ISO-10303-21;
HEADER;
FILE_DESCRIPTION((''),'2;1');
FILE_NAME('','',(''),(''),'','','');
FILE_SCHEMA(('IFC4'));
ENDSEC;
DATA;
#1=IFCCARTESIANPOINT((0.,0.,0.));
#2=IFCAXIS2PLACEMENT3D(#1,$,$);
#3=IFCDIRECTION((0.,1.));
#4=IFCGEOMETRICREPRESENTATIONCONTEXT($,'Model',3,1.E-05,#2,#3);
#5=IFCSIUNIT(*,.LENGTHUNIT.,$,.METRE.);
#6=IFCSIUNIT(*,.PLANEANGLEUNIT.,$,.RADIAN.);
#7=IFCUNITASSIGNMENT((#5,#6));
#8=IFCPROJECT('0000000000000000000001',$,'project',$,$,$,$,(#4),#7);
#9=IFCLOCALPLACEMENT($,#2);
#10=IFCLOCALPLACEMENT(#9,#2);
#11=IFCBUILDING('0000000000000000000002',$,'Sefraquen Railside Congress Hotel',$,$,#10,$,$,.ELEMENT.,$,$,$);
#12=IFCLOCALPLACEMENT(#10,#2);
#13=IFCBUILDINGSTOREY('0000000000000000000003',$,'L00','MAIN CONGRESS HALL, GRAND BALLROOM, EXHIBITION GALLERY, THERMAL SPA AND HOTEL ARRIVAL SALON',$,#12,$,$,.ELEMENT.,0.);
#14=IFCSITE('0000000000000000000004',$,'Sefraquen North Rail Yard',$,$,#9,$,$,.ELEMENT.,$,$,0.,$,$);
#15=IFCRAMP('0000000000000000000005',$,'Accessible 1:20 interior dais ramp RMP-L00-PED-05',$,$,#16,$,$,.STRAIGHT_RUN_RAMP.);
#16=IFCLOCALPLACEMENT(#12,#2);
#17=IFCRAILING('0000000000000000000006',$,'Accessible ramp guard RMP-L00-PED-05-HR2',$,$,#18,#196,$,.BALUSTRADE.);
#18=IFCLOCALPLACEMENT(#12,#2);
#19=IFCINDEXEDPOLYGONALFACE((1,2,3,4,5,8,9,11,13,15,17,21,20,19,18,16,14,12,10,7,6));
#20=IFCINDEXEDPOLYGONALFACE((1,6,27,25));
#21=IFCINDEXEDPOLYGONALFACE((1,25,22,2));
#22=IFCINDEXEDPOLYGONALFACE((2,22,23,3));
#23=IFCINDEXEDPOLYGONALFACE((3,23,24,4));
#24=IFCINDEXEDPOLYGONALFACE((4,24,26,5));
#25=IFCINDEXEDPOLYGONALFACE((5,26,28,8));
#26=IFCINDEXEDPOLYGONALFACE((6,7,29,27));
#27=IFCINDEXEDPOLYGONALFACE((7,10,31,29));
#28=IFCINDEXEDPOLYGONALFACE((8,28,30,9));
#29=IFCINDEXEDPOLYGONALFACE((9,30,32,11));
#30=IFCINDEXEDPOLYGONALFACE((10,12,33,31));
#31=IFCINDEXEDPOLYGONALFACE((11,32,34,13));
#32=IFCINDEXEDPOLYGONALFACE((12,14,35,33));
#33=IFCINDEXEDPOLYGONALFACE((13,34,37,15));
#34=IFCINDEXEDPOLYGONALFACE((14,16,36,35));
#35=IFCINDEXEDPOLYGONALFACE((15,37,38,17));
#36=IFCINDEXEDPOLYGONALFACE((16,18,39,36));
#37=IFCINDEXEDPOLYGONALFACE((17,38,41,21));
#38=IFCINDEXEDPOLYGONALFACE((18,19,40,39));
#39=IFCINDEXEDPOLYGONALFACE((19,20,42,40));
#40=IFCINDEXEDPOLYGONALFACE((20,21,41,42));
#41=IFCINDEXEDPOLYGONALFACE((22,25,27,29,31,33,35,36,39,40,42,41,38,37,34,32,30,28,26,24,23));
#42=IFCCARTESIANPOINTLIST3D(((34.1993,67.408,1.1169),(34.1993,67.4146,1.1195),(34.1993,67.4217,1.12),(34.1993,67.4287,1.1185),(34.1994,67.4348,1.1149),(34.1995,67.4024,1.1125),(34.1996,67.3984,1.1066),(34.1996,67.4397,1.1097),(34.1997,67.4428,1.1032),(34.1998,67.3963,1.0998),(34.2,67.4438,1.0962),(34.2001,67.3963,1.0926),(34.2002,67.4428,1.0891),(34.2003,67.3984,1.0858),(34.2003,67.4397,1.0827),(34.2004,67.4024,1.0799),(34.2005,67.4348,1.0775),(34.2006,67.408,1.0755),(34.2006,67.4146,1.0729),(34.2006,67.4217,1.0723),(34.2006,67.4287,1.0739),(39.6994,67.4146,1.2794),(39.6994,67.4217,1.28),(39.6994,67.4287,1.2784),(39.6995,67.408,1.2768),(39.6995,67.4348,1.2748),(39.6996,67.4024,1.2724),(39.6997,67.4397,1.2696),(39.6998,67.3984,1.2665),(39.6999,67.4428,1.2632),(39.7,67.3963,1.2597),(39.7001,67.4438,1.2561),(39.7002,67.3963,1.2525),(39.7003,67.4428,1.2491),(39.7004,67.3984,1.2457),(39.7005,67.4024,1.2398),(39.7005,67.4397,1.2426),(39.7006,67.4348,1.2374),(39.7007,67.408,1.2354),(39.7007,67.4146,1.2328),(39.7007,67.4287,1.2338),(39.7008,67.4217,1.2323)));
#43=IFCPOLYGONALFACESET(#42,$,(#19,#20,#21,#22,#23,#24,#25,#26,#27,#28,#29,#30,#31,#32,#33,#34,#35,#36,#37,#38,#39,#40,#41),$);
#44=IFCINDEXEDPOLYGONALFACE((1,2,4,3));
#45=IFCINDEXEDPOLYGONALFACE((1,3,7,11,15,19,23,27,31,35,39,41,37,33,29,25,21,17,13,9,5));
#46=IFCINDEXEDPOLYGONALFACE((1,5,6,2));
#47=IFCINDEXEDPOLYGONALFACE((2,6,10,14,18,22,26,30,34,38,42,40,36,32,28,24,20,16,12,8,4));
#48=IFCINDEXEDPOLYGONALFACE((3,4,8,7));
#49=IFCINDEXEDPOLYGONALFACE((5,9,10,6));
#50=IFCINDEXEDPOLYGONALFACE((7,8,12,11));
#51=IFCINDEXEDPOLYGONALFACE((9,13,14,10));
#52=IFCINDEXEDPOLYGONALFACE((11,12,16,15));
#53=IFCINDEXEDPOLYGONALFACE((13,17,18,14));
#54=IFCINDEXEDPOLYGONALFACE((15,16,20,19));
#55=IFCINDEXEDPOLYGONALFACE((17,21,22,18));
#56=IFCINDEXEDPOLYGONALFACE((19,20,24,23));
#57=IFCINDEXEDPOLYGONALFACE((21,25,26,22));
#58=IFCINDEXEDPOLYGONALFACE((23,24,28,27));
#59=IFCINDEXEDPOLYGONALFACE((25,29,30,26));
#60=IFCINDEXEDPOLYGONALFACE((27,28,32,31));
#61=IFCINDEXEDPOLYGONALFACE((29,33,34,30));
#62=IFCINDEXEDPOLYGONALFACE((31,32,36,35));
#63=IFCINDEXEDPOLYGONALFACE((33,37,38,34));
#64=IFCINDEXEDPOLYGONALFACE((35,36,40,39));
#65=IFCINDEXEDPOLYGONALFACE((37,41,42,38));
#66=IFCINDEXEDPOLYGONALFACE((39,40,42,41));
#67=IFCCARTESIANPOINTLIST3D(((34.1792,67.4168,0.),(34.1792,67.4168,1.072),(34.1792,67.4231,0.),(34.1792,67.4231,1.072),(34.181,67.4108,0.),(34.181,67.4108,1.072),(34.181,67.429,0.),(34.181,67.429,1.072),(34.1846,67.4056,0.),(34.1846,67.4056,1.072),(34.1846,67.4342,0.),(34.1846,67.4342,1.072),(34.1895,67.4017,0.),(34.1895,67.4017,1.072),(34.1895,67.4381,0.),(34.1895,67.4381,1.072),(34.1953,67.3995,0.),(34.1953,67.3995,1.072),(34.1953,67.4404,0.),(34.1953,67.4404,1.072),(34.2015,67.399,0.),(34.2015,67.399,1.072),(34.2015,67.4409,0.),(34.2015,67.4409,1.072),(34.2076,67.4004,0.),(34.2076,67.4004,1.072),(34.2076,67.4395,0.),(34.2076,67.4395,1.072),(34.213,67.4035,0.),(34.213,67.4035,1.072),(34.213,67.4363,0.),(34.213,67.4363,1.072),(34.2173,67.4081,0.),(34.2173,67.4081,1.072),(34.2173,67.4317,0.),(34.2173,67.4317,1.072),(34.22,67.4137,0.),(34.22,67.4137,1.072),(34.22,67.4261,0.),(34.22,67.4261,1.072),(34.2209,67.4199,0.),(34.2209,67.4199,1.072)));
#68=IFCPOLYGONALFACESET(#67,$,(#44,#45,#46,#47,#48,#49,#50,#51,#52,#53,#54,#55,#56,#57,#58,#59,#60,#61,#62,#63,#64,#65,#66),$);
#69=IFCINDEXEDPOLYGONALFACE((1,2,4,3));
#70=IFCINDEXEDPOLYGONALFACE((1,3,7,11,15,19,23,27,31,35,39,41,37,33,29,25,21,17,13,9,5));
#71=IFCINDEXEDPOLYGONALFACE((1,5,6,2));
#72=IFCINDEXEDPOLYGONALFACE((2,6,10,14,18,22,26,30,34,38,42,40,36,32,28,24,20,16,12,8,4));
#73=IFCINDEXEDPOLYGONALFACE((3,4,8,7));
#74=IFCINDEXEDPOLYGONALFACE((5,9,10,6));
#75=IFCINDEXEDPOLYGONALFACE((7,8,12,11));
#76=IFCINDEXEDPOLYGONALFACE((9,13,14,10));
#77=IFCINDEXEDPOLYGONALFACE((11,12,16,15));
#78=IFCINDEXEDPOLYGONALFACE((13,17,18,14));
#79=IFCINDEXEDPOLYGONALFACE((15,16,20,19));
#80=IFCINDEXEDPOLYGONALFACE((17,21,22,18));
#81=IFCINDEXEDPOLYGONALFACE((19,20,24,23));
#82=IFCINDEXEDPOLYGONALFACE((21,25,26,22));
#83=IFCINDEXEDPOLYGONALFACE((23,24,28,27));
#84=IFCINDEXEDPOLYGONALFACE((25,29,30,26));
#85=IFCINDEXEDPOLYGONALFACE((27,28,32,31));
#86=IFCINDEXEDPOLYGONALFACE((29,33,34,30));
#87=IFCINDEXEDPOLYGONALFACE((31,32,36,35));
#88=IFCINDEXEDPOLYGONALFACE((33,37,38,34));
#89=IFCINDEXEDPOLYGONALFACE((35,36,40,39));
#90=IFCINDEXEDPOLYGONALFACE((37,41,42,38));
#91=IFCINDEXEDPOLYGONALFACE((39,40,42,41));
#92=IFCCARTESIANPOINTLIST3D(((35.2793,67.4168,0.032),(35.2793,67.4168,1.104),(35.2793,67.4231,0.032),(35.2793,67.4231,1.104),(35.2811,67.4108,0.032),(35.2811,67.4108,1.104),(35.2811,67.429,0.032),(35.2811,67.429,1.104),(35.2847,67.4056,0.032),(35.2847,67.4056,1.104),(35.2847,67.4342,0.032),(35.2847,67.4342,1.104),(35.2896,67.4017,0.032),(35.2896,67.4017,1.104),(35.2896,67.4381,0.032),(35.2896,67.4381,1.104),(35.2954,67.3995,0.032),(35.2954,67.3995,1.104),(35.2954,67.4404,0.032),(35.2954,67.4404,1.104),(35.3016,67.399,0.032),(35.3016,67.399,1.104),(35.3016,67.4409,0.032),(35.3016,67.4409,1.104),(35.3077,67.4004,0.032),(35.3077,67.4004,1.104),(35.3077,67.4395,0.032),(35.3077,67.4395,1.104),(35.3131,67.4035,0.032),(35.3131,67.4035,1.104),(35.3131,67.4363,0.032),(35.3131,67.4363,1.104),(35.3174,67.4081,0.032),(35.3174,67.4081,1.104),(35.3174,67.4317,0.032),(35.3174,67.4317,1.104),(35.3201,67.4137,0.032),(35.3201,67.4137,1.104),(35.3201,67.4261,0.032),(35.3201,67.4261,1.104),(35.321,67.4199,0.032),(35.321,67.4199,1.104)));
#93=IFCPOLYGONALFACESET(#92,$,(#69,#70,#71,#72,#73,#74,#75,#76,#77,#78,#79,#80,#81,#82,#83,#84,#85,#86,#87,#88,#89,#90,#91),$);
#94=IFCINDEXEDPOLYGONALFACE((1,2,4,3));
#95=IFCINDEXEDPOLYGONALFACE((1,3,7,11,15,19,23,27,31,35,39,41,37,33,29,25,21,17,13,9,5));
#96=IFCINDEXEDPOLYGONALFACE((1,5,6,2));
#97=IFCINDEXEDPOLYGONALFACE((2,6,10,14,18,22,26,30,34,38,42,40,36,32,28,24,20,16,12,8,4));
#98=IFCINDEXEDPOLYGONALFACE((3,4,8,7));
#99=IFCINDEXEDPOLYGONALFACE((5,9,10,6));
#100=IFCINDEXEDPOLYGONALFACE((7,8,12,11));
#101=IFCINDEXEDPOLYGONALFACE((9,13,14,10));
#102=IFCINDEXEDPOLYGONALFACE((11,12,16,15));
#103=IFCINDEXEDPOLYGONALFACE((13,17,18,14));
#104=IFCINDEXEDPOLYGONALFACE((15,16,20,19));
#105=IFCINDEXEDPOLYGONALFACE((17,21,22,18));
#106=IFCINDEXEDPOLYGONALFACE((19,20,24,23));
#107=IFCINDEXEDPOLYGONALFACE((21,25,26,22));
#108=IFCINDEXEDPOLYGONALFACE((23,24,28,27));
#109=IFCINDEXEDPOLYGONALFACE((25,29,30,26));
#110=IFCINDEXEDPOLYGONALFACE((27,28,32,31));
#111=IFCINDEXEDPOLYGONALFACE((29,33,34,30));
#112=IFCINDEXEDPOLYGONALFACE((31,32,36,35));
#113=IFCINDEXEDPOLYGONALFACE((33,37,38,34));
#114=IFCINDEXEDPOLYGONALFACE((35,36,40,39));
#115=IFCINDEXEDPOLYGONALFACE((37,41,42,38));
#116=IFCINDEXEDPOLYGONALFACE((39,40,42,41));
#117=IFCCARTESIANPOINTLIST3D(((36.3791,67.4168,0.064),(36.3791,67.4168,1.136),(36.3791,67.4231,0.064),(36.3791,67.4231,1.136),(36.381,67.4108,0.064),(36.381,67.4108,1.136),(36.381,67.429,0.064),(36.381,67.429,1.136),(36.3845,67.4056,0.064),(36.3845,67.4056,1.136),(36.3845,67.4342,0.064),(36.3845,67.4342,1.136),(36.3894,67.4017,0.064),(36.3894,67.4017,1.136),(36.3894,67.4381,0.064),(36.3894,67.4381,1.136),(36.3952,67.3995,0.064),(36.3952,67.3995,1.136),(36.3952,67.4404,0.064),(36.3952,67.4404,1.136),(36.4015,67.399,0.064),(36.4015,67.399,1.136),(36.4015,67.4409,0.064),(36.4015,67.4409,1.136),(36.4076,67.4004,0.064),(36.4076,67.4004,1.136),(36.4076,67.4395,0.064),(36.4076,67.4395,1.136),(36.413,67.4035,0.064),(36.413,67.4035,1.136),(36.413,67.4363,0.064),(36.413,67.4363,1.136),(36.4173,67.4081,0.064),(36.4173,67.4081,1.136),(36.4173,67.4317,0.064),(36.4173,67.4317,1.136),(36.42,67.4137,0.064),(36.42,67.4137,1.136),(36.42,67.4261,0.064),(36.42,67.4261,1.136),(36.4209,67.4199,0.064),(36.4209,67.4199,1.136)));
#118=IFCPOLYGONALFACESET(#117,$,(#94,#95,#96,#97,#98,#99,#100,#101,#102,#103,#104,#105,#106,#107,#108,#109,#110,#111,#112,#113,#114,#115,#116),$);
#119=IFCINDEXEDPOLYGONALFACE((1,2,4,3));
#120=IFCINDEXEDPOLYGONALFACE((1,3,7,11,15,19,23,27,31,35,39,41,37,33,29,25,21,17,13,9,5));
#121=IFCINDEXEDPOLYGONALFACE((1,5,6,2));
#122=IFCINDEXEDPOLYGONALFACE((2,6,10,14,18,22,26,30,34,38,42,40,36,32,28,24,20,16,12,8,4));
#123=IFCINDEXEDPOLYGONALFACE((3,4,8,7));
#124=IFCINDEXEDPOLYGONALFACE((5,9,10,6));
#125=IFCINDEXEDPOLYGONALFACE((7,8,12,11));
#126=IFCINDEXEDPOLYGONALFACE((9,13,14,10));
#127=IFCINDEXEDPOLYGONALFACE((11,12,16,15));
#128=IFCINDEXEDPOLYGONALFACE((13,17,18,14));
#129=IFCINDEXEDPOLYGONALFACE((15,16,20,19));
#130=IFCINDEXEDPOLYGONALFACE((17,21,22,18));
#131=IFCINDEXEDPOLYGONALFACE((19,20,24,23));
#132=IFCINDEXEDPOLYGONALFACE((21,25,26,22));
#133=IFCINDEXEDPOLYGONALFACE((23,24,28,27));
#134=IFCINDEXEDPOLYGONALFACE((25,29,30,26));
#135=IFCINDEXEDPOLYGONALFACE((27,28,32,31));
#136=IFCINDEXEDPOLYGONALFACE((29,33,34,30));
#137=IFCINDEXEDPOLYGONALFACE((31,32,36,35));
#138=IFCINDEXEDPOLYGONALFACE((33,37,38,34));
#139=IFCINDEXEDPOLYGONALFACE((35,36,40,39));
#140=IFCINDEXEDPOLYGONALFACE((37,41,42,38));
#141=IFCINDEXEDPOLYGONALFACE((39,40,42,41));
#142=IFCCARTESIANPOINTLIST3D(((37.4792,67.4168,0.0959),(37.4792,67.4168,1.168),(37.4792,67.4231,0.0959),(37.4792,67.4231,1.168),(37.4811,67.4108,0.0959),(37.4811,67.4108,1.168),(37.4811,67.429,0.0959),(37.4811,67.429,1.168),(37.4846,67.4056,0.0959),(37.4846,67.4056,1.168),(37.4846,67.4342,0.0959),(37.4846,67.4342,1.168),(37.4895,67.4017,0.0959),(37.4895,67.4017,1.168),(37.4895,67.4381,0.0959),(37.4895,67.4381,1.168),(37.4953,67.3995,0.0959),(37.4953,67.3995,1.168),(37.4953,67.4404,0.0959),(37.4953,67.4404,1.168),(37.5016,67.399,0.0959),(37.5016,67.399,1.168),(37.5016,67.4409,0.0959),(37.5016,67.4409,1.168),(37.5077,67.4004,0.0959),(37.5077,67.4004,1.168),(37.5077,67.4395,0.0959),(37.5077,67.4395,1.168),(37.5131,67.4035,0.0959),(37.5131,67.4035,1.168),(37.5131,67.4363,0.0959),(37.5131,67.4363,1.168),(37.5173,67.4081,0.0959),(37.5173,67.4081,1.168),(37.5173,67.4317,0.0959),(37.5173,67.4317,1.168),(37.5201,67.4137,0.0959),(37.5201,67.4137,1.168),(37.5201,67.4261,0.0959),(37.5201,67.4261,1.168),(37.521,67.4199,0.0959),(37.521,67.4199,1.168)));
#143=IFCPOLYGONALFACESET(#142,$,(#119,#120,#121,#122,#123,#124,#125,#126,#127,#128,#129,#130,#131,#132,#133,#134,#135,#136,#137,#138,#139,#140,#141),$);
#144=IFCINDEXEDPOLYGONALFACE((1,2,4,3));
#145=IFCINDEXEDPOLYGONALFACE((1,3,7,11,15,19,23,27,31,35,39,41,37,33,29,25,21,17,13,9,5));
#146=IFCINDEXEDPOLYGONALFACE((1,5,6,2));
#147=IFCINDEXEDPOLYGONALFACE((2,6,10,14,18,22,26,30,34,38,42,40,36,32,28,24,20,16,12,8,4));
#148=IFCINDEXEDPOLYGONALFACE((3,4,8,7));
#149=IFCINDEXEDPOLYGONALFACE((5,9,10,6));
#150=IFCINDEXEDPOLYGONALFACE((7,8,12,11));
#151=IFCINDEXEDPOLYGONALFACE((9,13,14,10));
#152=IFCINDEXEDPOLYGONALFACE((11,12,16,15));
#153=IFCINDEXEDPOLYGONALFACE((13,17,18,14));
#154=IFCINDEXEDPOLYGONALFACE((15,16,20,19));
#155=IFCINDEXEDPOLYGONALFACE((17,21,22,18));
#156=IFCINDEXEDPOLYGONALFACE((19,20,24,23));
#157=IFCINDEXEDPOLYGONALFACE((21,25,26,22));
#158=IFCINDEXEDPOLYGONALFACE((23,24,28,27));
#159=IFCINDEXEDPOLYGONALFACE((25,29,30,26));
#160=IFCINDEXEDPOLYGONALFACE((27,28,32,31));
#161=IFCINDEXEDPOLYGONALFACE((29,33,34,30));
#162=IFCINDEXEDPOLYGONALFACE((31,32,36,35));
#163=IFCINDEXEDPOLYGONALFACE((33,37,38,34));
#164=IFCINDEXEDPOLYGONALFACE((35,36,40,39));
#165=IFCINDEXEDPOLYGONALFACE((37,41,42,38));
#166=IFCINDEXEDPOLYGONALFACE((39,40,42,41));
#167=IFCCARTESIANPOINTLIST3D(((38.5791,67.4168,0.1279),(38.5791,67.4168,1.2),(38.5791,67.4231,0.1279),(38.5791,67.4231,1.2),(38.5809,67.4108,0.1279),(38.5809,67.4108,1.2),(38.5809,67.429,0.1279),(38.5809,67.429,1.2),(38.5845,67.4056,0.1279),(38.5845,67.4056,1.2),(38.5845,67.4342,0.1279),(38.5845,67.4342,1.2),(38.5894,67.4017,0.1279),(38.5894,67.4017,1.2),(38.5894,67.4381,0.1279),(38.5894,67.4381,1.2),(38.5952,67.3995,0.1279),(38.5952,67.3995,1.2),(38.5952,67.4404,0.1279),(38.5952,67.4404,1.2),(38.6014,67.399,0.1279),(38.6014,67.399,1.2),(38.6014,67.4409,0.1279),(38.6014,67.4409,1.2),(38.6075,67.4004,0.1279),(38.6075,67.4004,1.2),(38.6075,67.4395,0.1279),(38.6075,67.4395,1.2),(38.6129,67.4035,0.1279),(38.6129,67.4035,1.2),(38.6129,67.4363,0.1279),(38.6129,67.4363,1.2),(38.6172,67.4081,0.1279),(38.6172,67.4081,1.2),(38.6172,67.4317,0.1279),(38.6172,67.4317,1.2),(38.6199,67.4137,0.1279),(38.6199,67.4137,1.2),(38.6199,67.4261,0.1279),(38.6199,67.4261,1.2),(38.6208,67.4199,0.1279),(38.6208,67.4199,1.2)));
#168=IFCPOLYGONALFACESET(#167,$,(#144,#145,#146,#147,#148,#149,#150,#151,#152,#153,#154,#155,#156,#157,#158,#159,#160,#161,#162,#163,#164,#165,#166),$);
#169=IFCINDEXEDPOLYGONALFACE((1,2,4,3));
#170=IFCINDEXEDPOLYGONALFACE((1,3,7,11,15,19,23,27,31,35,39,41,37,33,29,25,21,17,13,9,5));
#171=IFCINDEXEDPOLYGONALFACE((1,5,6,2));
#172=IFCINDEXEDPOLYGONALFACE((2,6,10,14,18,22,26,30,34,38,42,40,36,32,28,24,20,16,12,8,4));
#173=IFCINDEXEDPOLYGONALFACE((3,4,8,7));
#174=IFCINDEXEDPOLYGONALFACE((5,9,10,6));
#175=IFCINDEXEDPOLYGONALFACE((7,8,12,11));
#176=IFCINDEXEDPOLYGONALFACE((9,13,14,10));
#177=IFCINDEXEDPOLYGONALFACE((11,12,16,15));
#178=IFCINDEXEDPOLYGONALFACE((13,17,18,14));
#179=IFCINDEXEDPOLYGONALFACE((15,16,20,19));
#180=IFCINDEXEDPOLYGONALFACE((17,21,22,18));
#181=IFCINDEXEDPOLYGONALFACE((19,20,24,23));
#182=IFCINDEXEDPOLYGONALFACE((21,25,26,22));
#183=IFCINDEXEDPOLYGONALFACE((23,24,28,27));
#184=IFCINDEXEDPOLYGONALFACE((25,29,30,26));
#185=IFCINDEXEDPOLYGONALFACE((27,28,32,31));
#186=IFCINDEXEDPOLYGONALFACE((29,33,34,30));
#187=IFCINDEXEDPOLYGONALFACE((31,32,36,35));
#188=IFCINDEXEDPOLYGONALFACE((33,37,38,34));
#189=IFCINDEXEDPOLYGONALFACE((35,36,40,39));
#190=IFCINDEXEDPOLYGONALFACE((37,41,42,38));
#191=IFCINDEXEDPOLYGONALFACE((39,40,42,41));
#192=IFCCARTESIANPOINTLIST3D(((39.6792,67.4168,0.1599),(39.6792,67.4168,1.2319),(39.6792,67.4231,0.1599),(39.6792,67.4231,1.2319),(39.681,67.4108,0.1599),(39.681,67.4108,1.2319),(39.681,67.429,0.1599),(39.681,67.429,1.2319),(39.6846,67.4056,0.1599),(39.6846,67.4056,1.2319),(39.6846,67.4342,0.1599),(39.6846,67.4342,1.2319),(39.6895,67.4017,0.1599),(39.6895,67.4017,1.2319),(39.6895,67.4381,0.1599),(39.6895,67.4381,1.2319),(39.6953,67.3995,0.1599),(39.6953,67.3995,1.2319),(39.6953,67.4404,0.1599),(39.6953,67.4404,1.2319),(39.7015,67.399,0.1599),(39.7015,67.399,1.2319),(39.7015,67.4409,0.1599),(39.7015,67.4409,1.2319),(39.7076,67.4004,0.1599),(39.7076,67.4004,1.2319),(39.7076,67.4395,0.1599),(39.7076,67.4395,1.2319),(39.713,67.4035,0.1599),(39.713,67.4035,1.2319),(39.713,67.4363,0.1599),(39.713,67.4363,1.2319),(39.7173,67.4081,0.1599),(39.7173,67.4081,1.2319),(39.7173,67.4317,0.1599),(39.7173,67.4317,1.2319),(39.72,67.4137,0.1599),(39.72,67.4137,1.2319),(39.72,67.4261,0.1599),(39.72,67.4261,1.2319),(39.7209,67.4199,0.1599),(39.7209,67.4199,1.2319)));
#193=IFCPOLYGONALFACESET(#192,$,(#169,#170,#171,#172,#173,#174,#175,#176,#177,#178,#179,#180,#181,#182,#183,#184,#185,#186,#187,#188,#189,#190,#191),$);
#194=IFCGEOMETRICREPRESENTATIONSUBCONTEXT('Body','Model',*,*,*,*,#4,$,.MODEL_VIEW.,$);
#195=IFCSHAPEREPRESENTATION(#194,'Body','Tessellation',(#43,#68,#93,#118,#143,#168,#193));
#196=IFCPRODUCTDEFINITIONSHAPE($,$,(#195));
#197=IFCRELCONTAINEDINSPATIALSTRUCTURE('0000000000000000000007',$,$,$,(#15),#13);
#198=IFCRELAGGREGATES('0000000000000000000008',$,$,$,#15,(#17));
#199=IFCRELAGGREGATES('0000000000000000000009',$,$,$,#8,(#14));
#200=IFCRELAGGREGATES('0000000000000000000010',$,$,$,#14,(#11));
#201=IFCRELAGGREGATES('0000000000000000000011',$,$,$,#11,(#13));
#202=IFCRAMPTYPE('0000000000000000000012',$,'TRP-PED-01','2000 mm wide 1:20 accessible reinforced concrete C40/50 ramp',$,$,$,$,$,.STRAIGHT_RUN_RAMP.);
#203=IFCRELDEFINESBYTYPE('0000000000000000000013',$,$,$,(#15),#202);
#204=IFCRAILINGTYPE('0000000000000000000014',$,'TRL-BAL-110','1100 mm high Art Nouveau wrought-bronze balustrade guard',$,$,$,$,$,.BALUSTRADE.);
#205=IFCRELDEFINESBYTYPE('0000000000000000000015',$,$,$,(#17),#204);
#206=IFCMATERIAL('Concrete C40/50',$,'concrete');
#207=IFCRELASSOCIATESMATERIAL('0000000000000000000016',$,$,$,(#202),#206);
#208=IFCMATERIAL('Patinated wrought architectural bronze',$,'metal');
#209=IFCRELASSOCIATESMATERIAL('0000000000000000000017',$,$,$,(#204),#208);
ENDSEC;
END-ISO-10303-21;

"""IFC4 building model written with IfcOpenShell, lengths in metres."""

from ifc_helpers import new_model, si_unit, direction, frame, origin, origin_2d, place, context, subcontext, project, spatial, circle, extrude, material, type_object, element, aggregate, save


model = new_model("IFC4")

# Units and contexts
model_context = context("Model", 3, precision=1e-05, world=origin(), true_north=direction((0.0, 1.0)))
body_context = subcontext(model_context, "Body", "Model", "MODEL_VIEW")
ifc_project = project(units=[si_unit("LENGTHUNIT", "METRE"), si_unit("PLANEANGLEUNIT", "RADIAN")], contexts=[model_context])

# Site, building, storey
site_placement = place(None, origin())
site = spatial("IfcSite", under=ifc_project, at=site_placement, Name="Sefraquen North Rail Yard", CompositionType="ELEMENT", RefElevation=0.0)
building_placement = place(site_placement, origin())
building = spatial("IfcBuilding", under=site, at=building_placement, Name="Sefraquen Railside Congress Hotel", CompositionType="ELEMENT")
storey_placement = place(building_placement, origin())
storey = spatial("IfcBuildingStorey", under=building, at=storey_placement, Name="L00", Description="MAIN CONGRESS HALL, GRAND BALLROOM, EXHIBITION GALLERY, THERMAL SPA AND HOTEL ARRIVAL SALON", CompositionType="ELEMENT", Elevation=0.0)

# Shared definitions
ifc_material_1 = material(Name="Concrete C40/50", Category="concrete")

# Ramp, railing
ramp_type = type_object("IfcRampType", Name="TRP-PED-01", Description="2000 mm wide 1:20 accessible reinforced concrete C40/50 ramp", PredefinedType="STRAIGHT_RUN_RAMP", material=ifc_material_1)
ramp_placement = place(storey_placement, origin())
ramp = element("IfcRamp", 1, at=ramp_placement, inside=storey, type_object=ramp_type, Name="Accessible 1:20 interior dais ramp RMP-L00-PED-05", PredefinedType="STRAIGHT_RUN_RAMP")
ifc_material_2 = material(Name="Patinated wrought architectural bronze", Category="metal")
railing_type_1 = type_object("IfcRailingType", Name="TRL-BAL-110", Description="1100 mm high Art Nouveau wrought-bronze balustrade guard", PredefinedType="BALUSTRADE", material=ifc_material_2)
railing_1_placement = place(storey_placement, frame((34.2, 67.4199, 0.0)))
railing_1 = element("IfcRailing", 2, at=railing_1_placement, type_object=railing_type_1, Name="Accessible ramp guard RMP-L00-PED-05-HR2", PredefinedType="BALUSTRADE", context=body_context, shape_type="SweptSolid", body=[
    extrude(circle(Radius=0.0239, at=origin_2d()), frame((0.0, 0.0, 1.0962), z_axis=(0.999578, 0.0, 0.029063), x_axis=(0.0, 1.0, 0.0)), (0.0, 0.0, 1.0), 5.5024),
    extrude(circle(Radius=0.021, at=origin_2d()), origin(), (0.0, 0.0, 1.0), 1.072),
    extrude(circle(Radius=0.021, at=origin_2d()), frame((1.1001, 0.0, 0.032)), (0.0, 0.0, 1.0), 1.072),
    extrude(circle(Radius=0.021, at=origin_2d()), frame((2.2, 0.0, 0.064)), (0.0, 0.0, 1.0), 1.072),
    extrude(circle(Radius=0.021, at=origin_2d()), frame((3.3, 0.0, 0.0959)), (0.0, 0.0, 1.0), 1.072),
    extrude(circle(Radius=0.021, at=origin_2d()), frame((4.3999, 0.0, 0.1279)), (0.0, 0.0, 1.0), 1.072),
    extrude(circle(Radius=0.021, at=origin_2d()), frame((5.5, 0.0, 0.1599)), (0.0, 0.0, 1.0), 1.072),
])
aggregate(ramp, [railing_1])

save(model, "model.ifc")
